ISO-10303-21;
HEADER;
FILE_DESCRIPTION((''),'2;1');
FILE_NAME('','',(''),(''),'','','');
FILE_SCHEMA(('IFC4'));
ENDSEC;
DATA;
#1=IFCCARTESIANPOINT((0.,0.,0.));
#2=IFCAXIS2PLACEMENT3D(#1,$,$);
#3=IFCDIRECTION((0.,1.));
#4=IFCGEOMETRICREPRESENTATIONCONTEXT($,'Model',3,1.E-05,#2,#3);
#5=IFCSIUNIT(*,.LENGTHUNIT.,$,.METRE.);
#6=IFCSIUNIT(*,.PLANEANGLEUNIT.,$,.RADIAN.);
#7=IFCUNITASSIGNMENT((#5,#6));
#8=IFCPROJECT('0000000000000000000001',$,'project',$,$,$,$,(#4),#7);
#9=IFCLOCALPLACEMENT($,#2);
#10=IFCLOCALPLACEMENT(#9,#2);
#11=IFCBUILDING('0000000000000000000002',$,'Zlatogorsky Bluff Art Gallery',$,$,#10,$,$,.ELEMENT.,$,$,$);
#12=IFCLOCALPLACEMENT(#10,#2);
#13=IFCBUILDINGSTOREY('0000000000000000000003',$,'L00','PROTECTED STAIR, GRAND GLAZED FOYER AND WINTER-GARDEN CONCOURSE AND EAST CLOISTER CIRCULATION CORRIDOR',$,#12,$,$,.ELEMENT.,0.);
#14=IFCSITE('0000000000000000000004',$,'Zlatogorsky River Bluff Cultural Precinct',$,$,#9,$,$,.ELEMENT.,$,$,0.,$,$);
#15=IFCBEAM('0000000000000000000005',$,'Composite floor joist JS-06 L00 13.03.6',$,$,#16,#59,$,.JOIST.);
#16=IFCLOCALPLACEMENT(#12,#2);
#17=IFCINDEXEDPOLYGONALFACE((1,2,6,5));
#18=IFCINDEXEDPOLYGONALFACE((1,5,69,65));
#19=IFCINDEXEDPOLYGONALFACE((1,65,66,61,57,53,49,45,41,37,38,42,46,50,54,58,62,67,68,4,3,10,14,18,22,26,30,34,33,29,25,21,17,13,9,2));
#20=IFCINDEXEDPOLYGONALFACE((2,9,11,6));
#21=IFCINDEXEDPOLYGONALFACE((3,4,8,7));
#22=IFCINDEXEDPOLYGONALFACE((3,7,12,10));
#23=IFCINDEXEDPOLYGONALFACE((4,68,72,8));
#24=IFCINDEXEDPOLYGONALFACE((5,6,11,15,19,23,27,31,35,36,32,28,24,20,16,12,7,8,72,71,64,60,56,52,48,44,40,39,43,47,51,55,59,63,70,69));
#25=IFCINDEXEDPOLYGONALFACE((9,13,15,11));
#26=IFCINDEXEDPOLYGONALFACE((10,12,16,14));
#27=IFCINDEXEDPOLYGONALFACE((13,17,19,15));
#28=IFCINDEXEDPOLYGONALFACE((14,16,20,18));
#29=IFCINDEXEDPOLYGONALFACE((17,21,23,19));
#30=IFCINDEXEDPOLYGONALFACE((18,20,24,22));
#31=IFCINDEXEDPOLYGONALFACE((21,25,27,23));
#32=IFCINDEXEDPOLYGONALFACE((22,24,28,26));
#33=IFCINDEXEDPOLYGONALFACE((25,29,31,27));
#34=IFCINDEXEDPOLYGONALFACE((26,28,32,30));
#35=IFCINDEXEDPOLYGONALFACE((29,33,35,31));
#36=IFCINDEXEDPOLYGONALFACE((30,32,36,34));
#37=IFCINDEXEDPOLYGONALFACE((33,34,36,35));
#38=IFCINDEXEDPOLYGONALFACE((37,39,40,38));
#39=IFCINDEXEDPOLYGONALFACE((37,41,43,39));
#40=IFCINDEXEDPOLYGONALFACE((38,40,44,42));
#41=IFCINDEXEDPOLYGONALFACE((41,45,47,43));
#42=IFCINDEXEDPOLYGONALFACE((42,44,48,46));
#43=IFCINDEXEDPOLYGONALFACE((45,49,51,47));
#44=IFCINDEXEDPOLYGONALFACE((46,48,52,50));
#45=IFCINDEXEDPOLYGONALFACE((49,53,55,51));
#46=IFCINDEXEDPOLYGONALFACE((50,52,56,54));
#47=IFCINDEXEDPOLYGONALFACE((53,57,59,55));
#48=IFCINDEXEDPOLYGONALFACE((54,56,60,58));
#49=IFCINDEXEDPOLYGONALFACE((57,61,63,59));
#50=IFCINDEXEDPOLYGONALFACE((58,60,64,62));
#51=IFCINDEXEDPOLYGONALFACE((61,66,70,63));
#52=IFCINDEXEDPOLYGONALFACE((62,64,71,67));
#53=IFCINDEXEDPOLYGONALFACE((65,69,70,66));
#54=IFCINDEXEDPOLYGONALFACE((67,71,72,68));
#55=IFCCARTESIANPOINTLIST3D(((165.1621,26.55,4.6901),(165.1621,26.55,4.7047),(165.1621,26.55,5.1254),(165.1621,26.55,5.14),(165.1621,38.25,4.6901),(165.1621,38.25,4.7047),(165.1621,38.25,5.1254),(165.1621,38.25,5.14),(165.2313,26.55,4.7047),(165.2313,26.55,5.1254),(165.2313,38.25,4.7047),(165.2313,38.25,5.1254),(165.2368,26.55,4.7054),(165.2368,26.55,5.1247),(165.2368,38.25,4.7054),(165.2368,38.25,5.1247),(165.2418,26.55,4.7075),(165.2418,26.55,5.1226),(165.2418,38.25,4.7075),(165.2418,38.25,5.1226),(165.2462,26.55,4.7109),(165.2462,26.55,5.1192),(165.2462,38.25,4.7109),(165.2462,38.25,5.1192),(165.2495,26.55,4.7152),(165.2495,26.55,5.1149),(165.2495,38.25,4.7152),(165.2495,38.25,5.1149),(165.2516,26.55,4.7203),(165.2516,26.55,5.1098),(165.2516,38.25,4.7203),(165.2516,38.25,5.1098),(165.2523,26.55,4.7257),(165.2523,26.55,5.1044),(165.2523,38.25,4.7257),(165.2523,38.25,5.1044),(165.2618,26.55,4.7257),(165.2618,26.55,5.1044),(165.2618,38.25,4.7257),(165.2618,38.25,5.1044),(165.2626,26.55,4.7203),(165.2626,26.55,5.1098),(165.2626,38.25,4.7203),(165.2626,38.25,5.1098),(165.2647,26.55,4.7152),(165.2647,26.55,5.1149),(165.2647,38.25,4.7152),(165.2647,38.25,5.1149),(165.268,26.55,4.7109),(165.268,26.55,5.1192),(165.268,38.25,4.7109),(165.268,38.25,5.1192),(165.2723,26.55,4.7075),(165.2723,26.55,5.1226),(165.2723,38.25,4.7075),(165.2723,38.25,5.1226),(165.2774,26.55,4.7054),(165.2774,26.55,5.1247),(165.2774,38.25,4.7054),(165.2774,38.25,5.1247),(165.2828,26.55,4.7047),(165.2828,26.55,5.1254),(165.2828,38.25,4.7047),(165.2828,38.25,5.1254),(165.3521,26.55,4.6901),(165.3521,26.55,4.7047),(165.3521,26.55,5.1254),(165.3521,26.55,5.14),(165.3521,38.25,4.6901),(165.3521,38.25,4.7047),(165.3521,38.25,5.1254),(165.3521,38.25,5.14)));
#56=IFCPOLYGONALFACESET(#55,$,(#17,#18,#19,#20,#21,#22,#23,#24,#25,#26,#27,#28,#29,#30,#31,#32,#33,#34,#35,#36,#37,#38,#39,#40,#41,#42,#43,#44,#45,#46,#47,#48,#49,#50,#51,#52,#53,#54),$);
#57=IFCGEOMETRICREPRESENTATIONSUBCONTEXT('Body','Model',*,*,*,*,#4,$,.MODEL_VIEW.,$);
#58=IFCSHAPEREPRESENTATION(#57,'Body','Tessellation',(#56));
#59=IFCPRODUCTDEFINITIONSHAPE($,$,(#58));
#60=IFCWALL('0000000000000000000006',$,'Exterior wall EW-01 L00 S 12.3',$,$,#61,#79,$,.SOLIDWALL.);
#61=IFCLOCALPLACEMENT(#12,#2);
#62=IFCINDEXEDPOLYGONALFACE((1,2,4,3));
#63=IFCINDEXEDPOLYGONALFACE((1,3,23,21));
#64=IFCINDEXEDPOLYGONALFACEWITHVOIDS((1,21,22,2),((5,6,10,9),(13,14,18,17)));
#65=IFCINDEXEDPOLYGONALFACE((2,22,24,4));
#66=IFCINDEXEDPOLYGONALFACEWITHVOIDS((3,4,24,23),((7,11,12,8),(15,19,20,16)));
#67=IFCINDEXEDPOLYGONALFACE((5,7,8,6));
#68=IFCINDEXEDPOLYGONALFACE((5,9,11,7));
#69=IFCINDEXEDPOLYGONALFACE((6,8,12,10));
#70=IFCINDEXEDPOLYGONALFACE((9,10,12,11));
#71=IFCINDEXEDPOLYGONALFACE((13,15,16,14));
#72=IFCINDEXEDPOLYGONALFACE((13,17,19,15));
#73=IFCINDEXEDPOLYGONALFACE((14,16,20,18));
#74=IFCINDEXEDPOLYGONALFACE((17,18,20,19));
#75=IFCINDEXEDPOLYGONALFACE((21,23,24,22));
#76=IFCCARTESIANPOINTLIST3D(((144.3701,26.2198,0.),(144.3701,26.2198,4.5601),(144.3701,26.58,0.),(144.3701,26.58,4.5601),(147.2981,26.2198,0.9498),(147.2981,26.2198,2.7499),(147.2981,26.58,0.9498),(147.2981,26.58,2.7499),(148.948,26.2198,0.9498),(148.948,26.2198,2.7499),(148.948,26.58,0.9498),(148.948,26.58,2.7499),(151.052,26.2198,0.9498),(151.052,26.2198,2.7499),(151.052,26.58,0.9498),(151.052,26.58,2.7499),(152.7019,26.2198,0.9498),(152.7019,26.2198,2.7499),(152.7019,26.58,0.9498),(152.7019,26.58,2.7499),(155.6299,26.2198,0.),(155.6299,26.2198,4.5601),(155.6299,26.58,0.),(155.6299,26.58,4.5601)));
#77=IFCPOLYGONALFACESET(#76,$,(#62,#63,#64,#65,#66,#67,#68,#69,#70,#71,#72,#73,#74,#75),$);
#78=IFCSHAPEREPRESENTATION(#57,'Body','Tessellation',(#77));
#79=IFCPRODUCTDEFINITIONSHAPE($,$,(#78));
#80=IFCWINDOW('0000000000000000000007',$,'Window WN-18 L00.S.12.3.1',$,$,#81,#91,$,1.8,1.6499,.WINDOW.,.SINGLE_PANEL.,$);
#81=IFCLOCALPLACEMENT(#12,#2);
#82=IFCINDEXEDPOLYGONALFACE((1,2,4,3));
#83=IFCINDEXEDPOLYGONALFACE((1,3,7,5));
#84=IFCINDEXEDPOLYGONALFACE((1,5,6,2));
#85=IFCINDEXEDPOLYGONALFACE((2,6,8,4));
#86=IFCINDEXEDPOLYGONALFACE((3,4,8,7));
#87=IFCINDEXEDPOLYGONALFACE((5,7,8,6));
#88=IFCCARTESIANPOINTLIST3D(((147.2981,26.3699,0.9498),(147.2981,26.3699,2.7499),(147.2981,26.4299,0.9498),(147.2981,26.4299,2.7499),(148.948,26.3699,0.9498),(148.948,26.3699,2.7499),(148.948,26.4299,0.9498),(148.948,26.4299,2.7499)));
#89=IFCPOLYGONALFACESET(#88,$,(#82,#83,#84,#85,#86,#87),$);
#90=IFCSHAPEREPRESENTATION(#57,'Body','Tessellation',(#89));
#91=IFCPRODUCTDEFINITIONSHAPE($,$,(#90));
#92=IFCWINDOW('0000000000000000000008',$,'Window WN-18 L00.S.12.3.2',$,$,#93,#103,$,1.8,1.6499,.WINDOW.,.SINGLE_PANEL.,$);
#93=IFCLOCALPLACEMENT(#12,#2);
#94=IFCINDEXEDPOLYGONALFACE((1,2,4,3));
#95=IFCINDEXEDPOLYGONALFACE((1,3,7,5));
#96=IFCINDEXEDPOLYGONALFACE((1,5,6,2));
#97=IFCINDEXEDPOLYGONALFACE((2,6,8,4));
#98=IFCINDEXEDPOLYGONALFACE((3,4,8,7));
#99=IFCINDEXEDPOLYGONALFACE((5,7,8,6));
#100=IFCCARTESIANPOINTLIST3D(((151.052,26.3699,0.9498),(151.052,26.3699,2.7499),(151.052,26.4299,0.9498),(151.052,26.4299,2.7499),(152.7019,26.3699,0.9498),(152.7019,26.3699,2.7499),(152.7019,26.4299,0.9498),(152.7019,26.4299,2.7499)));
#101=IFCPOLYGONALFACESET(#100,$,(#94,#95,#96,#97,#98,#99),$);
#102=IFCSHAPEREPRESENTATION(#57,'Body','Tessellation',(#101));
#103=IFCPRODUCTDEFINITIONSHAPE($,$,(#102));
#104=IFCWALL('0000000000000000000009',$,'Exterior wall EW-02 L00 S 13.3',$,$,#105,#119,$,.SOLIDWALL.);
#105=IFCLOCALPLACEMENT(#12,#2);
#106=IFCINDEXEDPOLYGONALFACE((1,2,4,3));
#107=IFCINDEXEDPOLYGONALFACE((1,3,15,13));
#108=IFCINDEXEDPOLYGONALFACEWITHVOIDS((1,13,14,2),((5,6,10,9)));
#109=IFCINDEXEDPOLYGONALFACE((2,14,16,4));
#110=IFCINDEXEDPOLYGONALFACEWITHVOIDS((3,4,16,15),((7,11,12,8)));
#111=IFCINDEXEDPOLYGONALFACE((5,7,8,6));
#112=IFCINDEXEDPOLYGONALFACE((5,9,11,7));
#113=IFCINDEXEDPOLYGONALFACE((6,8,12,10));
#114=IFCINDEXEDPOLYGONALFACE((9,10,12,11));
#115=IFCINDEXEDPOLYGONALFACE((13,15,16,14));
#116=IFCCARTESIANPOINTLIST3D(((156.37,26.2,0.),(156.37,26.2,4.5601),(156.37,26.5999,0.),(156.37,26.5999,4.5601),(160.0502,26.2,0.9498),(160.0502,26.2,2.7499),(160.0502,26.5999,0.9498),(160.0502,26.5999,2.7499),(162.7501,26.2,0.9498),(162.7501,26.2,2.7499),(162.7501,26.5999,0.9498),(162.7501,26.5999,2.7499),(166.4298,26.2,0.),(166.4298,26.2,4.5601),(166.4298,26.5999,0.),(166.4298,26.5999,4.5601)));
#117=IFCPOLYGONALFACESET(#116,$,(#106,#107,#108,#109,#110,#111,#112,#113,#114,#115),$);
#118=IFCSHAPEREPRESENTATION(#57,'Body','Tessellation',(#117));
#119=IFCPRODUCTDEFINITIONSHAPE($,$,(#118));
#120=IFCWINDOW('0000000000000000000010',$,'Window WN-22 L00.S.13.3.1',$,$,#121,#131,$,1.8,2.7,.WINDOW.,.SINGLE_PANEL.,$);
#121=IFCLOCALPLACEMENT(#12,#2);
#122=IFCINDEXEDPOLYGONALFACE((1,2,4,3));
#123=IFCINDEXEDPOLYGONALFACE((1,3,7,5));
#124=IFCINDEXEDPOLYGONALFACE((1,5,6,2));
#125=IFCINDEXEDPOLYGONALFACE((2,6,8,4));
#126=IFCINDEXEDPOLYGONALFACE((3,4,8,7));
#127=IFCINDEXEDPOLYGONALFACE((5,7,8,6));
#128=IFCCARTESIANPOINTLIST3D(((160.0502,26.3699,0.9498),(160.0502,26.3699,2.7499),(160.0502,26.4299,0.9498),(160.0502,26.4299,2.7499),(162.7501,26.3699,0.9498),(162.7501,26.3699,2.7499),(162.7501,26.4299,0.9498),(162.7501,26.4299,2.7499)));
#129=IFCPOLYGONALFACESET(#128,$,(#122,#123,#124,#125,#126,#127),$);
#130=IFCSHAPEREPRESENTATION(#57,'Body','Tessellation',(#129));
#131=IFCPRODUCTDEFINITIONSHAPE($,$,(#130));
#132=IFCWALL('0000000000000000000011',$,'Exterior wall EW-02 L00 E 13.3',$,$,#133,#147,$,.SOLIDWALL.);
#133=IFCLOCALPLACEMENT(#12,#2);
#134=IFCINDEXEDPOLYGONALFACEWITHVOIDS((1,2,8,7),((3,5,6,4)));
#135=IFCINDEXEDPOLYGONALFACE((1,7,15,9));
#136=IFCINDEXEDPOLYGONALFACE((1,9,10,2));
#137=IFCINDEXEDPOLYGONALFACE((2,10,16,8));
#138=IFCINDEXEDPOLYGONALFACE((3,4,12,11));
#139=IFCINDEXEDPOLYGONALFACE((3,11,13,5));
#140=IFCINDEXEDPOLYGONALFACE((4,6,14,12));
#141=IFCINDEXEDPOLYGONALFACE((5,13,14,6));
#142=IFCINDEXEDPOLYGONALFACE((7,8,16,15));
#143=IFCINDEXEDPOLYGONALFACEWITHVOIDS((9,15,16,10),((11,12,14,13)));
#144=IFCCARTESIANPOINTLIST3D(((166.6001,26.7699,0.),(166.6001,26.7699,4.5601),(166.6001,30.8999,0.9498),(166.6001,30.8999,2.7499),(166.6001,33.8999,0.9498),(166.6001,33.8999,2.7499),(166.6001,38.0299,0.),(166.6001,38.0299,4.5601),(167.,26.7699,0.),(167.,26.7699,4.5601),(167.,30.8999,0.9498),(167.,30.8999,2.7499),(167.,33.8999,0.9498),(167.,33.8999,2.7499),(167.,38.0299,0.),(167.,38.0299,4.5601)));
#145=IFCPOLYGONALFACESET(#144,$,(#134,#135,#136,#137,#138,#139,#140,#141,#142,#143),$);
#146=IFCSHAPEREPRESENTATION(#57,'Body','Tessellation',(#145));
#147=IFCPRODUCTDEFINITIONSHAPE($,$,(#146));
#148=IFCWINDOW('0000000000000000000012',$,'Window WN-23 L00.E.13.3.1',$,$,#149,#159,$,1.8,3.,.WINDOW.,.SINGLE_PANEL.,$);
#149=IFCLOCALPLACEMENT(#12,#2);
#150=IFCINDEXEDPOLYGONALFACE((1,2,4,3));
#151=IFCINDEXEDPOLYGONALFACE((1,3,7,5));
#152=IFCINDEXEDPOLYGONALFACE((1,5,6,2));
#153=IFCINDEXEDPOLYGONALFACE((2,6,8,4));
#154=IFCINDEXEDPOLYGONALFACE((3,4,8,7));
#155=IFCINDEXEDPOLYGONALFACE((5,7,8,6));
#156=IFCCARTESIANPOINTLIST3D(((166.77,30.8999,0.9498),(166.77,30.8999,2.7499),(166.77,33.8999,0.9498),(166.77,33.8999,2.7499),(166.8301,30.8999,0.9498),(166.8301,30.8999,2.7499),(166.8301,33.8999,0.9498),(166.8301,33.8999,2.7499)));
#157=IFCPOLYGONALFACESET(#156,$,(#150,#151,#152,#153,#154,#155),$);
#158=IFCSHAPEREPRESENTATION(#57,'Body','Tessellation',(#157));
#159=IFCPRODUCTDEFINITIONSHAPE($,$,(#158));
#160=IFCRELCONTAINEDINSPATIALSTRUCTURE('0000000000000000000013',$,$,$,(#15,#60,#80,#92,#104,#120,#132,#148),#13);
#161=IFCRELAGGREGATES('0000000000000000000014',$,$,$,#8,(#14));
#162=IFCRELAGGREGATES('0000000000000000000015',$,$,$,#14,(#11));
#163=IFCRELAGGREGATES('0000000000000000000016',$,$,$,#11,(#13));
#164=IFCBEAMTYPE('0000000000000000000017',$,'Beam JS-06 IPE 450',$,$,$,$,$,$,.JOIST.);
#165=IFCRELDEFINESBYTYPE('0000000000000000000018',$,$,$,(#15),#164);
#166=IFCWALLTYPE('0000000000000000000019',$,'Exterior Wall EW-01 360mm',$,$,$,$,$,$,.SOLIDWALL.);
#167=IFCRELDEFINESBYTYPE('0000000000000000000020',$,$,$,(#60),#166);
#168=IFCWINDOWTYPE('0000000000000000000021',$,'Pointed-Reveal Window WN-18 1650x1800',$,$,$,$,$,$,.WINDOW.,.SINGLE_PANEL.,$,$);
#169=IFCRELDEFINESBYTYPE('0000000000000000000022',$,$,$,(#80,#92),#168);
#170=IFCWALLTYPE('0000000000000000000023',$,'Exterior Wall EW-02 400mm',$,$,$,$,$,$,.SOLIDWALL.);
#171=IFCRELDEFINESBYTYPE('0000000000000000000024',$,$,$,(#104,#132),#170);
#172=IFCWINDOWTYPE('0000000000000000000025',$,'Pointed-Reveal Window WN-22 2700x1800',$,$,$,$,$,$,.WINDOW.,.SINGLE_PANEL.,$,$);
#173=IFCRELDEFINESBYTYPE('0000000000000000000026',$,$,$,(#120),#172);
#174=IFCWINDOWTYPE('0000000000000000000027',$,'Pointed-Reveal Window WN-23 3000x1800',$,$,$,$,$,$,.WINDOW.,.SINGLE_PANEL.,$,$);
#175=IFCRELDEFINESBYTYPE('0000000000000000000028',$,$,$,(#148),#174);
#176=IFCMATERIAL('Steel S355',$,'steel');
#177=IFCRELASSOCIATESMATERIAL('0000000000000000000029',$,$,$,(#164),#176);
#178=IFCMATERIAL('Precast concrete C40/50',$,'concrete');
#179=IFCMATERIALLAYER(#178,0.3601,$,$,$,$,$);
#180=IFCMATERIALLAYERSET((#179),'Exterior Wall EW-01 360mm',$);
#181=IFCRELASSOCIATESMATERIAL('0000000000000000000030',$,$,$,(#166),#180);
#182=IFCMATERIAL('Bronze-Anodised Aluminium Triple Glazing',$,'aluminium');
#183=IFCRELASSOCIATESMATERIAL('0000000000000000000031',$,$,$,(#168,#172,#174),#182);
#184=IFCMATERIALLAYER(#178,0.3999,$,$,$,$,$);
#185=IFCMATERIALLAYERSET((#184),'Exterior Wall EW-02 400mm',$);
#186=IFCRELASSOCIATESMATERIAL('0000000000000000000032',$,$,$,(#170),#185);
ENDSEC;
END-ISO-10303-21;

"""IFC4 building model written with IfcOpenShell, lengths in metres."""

from ifc_helpers import new_model, si_unit, direction, frame, frame_2d, origin, origin_2d, place, context, subcontext, project, spatial, rectangle, i_section, extrude, material, layer, layer_set, material_profile, profile_set, type_object, element, fill, save


model = new_model("IFC4")

# Units and contexts
model_context = context("Model", 3, precision=1e-05, world=origin(), true_north=direction((0.0, 1.0)))
body_context = subcontext(model_context, "Body", "Model", "MODEL_VIEW")
ifc_project = project(units=[si_unit("LENGTHUNIT", "METRE"), si_unit("PLANEANGLEUNIT", "RADIAN")], contexts=[model_context])

# Site, building, storey
site_placement = place(None, origin())
site = spatial("IfcSite", under=ifc_project, at=site_placement, Name="Zlatogorsky River Bluff Cultural Precinct", CompositionType="ELEMENT", RefElevation=0.0)
building_placement = place(site_placement, origin())
building = spatial("IfcBuilding", under=site, at=building_placement, Name="Zlatogorsky Bluff Art Gallery", CompositionType="ELEMENT")
storey_placement = place(building_placement, origin())
storey = spatial("IfcBuildingStorey", under=building, at=storey_placement, Name="L00", Description="PROTECTED STAIR, GRAND GLAZED FOYER AND WINTER-GARDEN CONCOURSE AND EAST CLOISTER CIRCULATION CORRIDOR", CompositionType="ELEMENT", Elevation=0.0)

# Beam
ifc_material_1 = material(Name="Steel S355", Category="steel")
ifc_material_profile_1 = material_profile(ifc_material_1, i_section(OverallWidth=0.1899, OverallDepth=0.45, WebThickness=0.0095, FlangeThickness=0.0146, FilletRadius=0.021, at=origin_2d()), Name="IPE 450")
ifc_profile_set_1 = profile_set([ifc_material_profile_1], Name="Steel S355")
beam_type_1 = type_object("IfcBeamType", Name="Beam JS-06 IPE 450", PredefinedType="JOIST", material=ifc_profile_set_1)
for number, where, z_axis, x_axis, name in (
    (1, (165.2571, 26.55, 4.915), (0.0, 1.0, 0.0), (-1.0, 0.0, 0.0), "Composite floor joist JS-06 L00 13.03.6"),
):
    element("IfcBeam", number, at=place(storey_placement, frame(where, z_axis=z_axis, x_axis=x_axis)), inside=storey, type_object=beam_type_1, Name=name, PredefinedType="JOIST", context=body_context, shape_type="SweptSolid", body=[
        extrude(i_section(OverallWidth=0.1899, OverallDepth=0.45, WebThickness=0.0095, FlangeThickness=0.0146, FilletRadius=0.021, at=origin_2d()), origin(), (0.0, 0.0, 1.0), 11.7),
    ])

# Wall, openings, windows
ifc_material_2 = material(Name="Precast concrete C40/50", Category="concrete")
ifc_layer_1 = layer(ifc_material_2, 0.3601)
ifc_layer_set_1 = layer_set([ifc_layer_1], Name="Exterior Wall EW-01 360mm")
wall_type_1 = type_object("IfcWallType", Name="Exterior Wall EW-01 360mm", PredefinedType="SOLIDWALL", material=ifc_layer_set_1)
wall_1_placement = place(storey_placement, frame((144.3701, 26.3999, 0.0), z_axis=(0.0, 0.0, 1.0), x_axis=(1.0, 0.0, 0.0)))
wall_1 = element("IfcWall", 2, at=wall_1_placement, inside=storey, type_object=wall_type_1, Name="Exterior wall EW-01 L00 S 12.3", PredefinedType="SOLIDWALL", context=body_context, shape_type="SweptSolid", body=[
    extrude(rectangle(XDim=11.2598, YDim=0.3601, at=frame_2d((5.6299, 0.0))), origin(), (0.0, 0.0, 1.0), 4.5601),
])
opening_1_placement = place(wall_1_placement, frame((2.928, 0.0, 0.95)))
opening_1 = element("IfcOpeningElement", 3, at=opening_1_placement, cuts=wall_1, PredefinedType="OPENING", context=body_context, shape_type="SweptSolid", body=[
    extrude(rectangle(XDim=1.6499, YDim=1.8, at=frame_2d((0.825, 0.8999))), frame((0.0, 0.1899, 0.0), z_axis=(0.0, -1.0, 0.0), x_axis=(1.0, 0.0, 0.0)), (0.0, 0.0, 1.0), 0.3801),
])
opening_2_placement = place(wall_1_placement, frame((6.6819, 0.0, 0.95)))
opening_2 = element("IfcOpeningElement", 4, at=opening_2_placement, cuts=wall_1, PredefinedType="OPENING", context=body_context, shape_type="SweptSolid", body=[
    extrude(rectangle(XDim=1.6499, YDim=1.8, at=frame_2d((0.825, 0.8999))), frame((0.0, 0.1899, 0.0), z_axis=(0.0, -1.0, 0.0), x_axis=(1.0, 0.0, 0.0)), (0.0, 0.0, 1.0), 0.3801),
])
ifc_material_3 = material(Name="Bronze-Anodised Aluminium Triple Glazing", Category="aluminium")
window_type_1 = type_object("IfcWindowType", Name="Pointed-Reveal Window WN-18 1650x1800", PartitioningType="SINGLE_PANEL", PredefinedType="WINDOW", material=ifc_material_3)
window_1_placement = place(opening_1_placement, origin())
window_1 = element("IfcWindow", 5, at=window_1_placement, inside=storey, type_object=window_type_1, Name="Window WN-18 L00.S.12.3.1", OverallHeight=1.8, OverallWidth=1.6499, PartitioningType="SINGLE_PANEL", PredefinedType="WINDOW", context=body_context, shape_type="SweptSolid", body=[
    extrude(rectangle(XDim=1.6499, YDim=1.8, at=frame_2d((0.825, 0.8999))), frame((0.0, 0.03, 0.0), z_axis=(0.0, -1.0, 0.0), x_axis=(1.0, 0.0, 0.0)), (0.0, 0.0, 1.0), 0.0601),
])
fill(opening_1, window_1)
window_2_placement = place(opening_2_placement, origin())
window_2 = element("IfcWindow", 6, at=window_2_placement, inside=storey, type_object=window_type_1, Name="Window WN-18 L00.S.12.3.2", OverallHeight=1.8, OverallWidth=1.6499, PartitioningType="SINGLE_PANEL", PredefinedType="WINDOW", context=body_context, shape_type="SweptSolid", body=[
    extrude(rectangle(XDim=1.6499, YDim=1.8, at=frame_2d((0.825, 0.8999))), frame((0.0, 0.03, 0.0), z_axis=(0.0, -1.0, 0.0), x_axis=(1.0, 0.0, 0.0)), (0.0, 0.0, 1.0), 0.0601),
])
fill(opening_2, window_2)

# Walls, openings, windows
ifc_layer_2 = layer(ifc_material_2, 0.3999)
ifc_layer_set_2 = layer_set([ifc_layer_2], Name="Exterior Wall EW-02 400mm")
wall_type_2 = type_object("IfcWallType", Name="Exterior Wall EW-02 400mm", PredefinedType="SOLIDWALL", material=ifc_layer_set_2)
wall_2_placement = place(storey_placement, frame((156.3701, 26.3999, 0.0), z_axis=(0.0, 0.0, 1.0), x_axis=(1.0, 0.0, 0.0)))
wall_2 = element("IfcWall", 7, at=wall_2_placement, inside=storey, type_object=wall_type_2, Name="Exterior wall EW-02 L00 S 13.3", PredefinedType="SOLIDWALL", context=body_context, shape_type="SweptSolid", body=[
    extrude(rectangle(XDim=10.0598, YDim=0.3999, at=frame_2d((5.0298, 0.0))), origin(), (0.0, 0.0, 1.0), 4.5601),
])
opening_3_placement = place(wall_2_placement, frame((3.6799, 0.0, 0.95)))
opening_3 = element("IfcOpeningElement", 8, at=opening_3_placement, cuts=wall_2, PredefinedType="OPENING", context=body_context, shape_type="SweptSolid", body=[
    extrude(rectangle(XDim=2.7, YDim=1.8, at=frame_2d((1.3501, 0.8999))), frame((0.0, 0.21, 0.0), z_axis=(0.0, -1.0, 0.0), x_axis=(1.0, 0.0, 0.0)), (0.0, 0.0, 1.0), 0.4199),
])
window_type_2 = type_object("IfcWindowType", Name="Pointed-Reveal Window WN-22 2700x1800", PartitioningType="SINGLE_PANEL", PredefinedType="WINDOW", material=ifc_material_3)
window_3_placement = place(opening_3_placement, origin())
window_3 = element("IfcWindow", 9, at=window_3_placement, inside=storey, type_object=window_type_2, Name="Window WN-22 L00.S.13.3.1", OverallHeight=1.8, OverallWidth=2.7, PartitioningType="SINGLE_PANEL", PredefinedType="WINDOW", context=body_context, shape_type="SweptSolid", body=[
    extrude(rectangle(XDim=2.7, YDim=1.8, at=frame_2d((1.3501, 0.8999))), frame((0.0, 0.03, 0.0), z_axis=(0.0, -1.0, 0.0), x_axis=(1.0, 0.0, 0.0)), (0.0, 0.0, 1.0), 0.0601),
])
fill(opening_3, window_3)
wall_3_placement = place(storey_placement, frame((166.8, 26.77, 0.0), z_axis=(0.0, 0.0, 1.0), x_axis=(0.0, 1.0, 0.0)))
wall_3 = element("IfcWall", 10, at=wall_3_placement, inside=storey, type_object=wall_type_2, Name="Exterior wall EW-02 L00 E 13.3", PredefinedType="SOLIDWALL", context=body_context, shape_type="SweptSolid", body=[
    extrude(rectangle(XDim=11.26, YDim=0.3999, at=frame_2d((5.6299, 0.0))), origin(), (0.0, 0.0, 1.0), 4.5601),
])
opening_4_placement = place(wall_3_placement, frame((4.1299, 0.0, 0.95)))
opening_4 = element("IfcOpeningElement", 11, at=opening_4_placement, cuts=wall_3, PredefinedType="OPENING", context=body_context, shape_type="SweptSolid", body=[
    extrude(rectangle(XDim=3.0, YDim=1.8, at=frame_2d((1.5, 0.8999))), frame((0.0, 0.21, 0.0), z_axis=(0.0, -1.0, 0.0), x_axis=(1.0, 0.0, 0.0)), (0.0, 0.0, 1.0), 0.4199),
])
window_type_3 = type_object("IfcWindowType", Name="Pointed-Reveal Window WN-23 3000x1800", PartitioningType="SINGLE_PANEL", PredefinedType="WINDOW", material=ifc_material_3)
window_4_placement = place(opening_4_placement, origin())
window_4 = element("IfcWindow", 12, at=window_4_placement, inside=storey, type_object=window_type_3, Name="Window WN-23 L00.E.13.3.1", OverallHeight=1.8, OverallWidth=3.0, PartitioningType="SINGLE_PANEL", PredefinedType="WINDOW", context=body_context, shape_type="SweptSolid", body=[
    extrude(rectangle(XDim=3.0, YDim=1.8, at=frame_2d((1.5, 0.8999))), frame((0.0, 0.03, 0.0), z_axis=(0.0, -1.0, 0.0), x_axis=(1.0, 0.0, 0.0)), (0.0, 0.0, 1.0), 0.0601),
])
fill(opening_4, window_4)

save(model, "model.ifc")
